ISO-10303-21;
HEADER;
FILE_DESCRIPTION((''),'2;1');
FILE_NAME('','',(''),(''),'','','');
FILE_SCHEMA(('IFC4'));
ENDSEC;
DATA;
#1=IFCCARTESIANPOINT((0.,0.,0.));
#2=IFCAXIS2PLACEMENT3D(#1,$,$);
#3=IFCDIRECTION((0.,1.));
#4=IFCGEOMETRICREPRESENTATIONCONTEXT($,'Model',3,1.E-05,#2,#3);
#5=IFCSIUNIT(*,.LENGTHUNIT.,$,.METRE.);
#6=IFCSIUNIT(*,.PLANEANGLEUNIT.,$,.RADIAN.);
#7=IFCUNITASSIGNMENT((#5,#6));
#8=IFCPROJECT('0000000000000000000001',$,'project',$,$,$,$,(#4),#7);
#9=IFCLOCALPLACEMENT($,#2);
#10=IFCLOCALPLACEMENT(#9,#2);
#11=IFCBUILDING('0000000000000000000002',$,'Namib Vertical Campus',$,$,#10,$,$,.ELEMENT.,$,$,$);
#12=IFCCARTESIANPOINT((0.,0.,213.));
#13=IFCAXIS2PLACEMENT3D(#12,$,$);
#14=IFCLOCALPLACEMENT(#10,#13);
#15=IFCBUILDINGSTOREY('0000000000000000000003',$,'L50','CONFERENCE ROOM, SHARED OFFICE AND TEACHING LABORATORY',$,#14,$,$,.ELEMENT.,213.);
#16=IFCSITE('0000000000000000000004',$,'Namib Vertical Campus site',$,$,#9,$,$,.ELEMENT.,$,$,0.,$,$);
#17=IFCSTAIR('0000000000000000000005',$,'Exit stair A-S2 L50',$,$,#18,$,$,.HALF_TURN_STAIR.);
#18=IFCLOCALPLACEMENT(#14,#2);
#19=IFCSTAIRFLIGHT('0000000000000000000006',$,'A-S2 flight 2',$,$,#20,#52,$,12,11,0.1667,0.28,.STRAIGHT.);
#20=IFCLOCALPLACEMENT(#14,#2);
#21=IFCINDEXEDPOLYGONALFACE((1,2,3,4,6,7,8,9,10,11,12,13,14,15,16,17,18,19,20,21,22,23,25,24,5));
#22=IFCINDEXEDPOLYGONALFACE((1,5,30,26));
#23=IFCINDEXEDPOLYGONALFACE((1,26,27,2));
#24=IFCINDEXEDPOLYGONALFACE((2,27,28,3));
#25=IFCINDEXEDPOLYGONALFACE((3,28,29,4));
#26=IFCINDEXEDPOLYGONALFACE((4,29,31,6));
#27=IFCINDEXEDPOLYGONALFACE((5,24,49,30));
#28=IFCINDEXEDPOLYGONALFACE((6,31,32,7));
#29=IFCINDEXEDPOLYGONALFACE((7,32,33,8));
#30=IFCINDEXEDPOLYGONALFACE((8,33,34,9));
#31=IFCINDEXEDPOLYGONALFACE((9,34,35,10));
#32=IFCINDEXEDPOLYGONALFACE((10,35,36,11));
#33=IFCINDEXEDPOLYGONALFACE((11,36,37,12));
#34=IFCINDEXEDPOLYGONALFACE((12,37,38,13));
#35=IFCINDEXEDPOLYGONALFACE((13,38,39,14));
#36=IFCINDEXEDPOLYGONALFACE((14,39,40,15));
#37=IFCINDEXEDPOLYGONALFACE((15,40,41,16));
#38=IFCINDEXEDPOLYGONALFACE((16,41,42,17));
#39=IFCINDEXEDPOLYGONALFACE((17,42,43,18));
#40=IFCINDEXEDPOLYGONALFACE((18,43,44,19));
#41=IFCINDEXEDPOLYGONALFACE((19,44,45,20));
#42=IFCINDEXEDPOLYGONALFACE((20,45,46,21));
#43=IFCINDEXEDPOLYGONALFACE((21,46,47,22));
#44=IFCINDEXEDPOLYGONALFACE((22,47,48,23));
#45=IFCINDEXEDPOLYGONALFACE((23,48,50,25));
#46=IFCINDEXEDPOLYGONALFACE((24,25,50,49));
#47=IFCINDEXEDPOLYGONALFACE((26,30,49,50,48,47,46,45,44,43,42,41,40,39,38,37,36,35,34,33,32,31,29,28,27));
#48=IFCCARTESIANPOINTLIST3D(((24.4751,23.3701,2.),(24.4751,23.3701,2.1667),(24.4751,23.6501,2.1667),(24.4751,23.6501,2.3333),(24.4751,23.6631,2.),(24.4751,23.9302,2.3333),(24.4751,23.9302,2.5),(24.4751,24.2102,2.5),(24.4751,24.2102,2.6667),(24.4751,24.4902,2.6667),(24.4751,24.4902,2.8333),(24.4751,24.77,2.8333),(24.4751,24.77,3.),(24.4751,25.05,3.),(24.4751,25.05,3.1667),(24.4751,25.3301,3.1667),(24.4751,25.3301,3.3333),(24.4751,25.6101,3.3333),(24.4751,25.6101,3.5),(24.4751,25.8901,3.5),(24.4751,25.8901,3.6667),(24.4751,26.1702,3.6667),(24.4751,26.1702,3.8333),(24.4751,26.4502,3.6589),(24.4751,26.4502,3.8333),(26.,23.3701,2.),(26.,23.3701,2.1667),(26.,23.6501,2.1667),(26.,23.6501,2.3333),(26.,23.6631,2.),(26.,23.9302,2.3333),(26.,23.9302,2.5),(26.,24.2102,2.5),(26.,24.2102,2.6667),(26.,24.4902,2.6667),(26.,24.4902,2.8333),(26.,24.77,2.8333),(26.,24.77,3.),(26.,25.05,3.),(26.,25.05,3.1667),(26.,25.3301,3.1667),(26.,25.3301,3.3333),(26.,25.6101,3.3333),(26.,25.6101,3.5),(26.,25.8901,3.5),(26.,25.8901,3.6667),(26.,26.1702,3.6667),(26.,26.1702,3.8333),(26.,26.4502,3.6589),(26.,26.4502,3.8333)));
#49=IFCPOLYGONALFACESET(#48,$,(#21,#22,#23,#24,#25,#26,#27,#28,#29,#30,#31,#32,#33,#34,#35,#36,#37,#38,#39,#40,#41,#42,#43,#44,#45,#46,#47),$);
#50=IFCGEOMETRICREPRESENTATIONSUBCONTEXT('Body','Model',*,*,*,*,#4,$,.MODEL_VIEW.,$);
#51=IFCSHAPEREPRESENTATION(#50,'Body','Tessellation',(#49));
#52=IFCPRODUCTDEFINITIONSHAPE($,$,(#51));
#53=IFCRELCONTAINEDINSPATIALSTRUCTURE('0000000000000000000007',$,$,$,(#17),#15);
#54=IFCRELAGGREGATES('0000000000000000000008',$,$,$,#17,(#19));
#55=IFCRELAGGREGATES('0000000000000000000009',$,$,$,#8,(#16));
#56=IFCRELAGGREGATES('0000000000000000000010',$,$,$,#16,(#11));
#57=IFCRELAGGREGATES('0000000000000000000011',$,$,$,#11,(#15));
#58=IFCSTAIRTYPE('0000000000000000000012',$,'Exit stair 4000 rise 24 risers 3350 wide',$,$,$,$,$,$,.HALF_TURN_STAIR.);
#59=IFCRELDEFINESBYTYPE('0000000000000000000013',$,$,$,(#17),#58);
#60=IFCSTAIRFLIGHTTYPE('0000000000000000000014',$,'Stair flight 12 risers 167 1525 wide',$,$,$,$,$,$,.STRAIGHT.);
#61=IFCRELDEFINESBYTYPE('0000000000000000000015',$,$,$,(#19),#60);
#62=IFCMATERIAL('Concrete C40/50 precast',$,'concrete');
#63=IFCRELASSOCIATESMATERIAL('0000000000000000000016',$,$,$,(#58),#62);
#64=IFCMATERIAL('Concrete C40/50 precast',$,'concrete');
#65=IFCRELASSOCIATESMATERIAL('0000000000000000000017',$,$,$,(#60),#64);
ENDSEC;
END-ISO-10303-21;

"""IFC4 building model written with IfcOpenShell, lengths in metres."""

from ifc_helpers import new_model, si_unit, direction, frame, origin, place, context, subcontext, project, spatial, polyline, outline, extrude, material, type_object, element, aggregate, save


model = new_model("IFC4")

# Units and contexts
model_context = context("Model", 3, precision=1e-05, world=origin(), true_north=direction((0.0, 1.0)))
body_context = subcontext(model_context, "Body", "Model", "MODEL_VIEW")
ifc_project = project(units=[si_unit("LENGTHUNIT", "METRE"), si_unit("PLANEANGLEUNIT", "RADIAN")], contexts=[model_context])

# Site, building, storey
site_placement = place(None, origin())
site = spatial("IfcSite", under=ifc_project, at=site_placement, Name="Namib Vertical Campus site", CompositionType="ELEMENT", RefElevation=0.0)
building_placement = place(site_placement, origin())
building = spatial("IfcBuilding", under=site, at=building_placement, Name="Namib Vertical Campus", CompositionType="ELEMENT")
storey_placement = place(building_placement, frame((0.0, 0.0, 213.0)))
storey = spatial("IfcBuildingStorey", under=building, at=storey_placement, Name="L50", Description="CONFERENCE ROOM, SHARED OFFICE AND TEACHING LABORATORY", CompositionType="ELEMENT", Elevation=213.0)

# Stair, stair flight
ifc_material_1 = material(Name="Concrete C40/50 precast", Category="concrete")
stair_type = type_object("IfcStairType", Name="Exit stair 4000 rise 24 risers 3350 wide", PredefinedType="HALF_TURN_STAIR", material=ifc_material_1)
stair_placement = place(storey_placement, origin())
stair = element("IfcStair", 1, at=stair_placement, inside=storey, type_object=stair_type, Name="Exit stair A-S2 L50", PredefinedType="HALF_TURN_STAIR")
ifc_material_2 = material(Name="Concrete C40/50 precast", Category="concrete")
stair_flight_type = type_object("IfcStairFlightType", Name="Stair flight 12 risers 167 1525 wide", PredefinedType="STRAIGHT", material=ifc_material_2)
stair_flight_1_placement = place(storey_placement, frame((25.2375, 23.3701, 2.0), z_axis=(0.0, 0.0, 1.0), x_axis=(0.0, 1.0, 0.0)))
stair_flight_1 = element("IfcStairFlight", 2, at=stair_flight_1_placement, type_object=stair_flight_type, Name="A-S2 flight 2", NumberOfRisers=12, NumberOfTreads=11, PredefinedType="STRAIGHT", RiserHeight=0.1667, TreadLength=0.28, context=body_context, shape_type="SweptSolid", body=[
    extrude(outline(polyline([(0.0, 0.0), (0.0, 0.1667), (0.28, 0.1667), (0.28, 0.3333), (0.5601, 0.3333), (0.5601, 0.5), (0.8401, 0.5), (0.8401, 0.6667), (1.1201, 0.6667), (1.1201, 0.8333), (1.3999, 0.8333), (1.3999, 1.0), (1.6799, 1.0), (1.6799, 1.1667), (1.96, 1.1667), (1.96, 1.3333), (2.24, 1.3333), (2.24, 1.5), (2.52, 1.5), (2.52, 1.6667), (2.8, 1.6667), (2.8, 1.8333), (3.0801, 1.8333), (3.0801, 2.0), (3.0801, 1.6589), (0.293, 0.0), (0.0, 0.0)])), frame((0.0, 0.7625, 0.0), z_axis=(0.0, -1.0, 0.0), x_axis=(1.0, 0.0, 0.0)), (0.0, 0.0, 1.0), 1.5249),
])
aggregate(stair, [stair_flight_1])

save(model, "model.ifc")
